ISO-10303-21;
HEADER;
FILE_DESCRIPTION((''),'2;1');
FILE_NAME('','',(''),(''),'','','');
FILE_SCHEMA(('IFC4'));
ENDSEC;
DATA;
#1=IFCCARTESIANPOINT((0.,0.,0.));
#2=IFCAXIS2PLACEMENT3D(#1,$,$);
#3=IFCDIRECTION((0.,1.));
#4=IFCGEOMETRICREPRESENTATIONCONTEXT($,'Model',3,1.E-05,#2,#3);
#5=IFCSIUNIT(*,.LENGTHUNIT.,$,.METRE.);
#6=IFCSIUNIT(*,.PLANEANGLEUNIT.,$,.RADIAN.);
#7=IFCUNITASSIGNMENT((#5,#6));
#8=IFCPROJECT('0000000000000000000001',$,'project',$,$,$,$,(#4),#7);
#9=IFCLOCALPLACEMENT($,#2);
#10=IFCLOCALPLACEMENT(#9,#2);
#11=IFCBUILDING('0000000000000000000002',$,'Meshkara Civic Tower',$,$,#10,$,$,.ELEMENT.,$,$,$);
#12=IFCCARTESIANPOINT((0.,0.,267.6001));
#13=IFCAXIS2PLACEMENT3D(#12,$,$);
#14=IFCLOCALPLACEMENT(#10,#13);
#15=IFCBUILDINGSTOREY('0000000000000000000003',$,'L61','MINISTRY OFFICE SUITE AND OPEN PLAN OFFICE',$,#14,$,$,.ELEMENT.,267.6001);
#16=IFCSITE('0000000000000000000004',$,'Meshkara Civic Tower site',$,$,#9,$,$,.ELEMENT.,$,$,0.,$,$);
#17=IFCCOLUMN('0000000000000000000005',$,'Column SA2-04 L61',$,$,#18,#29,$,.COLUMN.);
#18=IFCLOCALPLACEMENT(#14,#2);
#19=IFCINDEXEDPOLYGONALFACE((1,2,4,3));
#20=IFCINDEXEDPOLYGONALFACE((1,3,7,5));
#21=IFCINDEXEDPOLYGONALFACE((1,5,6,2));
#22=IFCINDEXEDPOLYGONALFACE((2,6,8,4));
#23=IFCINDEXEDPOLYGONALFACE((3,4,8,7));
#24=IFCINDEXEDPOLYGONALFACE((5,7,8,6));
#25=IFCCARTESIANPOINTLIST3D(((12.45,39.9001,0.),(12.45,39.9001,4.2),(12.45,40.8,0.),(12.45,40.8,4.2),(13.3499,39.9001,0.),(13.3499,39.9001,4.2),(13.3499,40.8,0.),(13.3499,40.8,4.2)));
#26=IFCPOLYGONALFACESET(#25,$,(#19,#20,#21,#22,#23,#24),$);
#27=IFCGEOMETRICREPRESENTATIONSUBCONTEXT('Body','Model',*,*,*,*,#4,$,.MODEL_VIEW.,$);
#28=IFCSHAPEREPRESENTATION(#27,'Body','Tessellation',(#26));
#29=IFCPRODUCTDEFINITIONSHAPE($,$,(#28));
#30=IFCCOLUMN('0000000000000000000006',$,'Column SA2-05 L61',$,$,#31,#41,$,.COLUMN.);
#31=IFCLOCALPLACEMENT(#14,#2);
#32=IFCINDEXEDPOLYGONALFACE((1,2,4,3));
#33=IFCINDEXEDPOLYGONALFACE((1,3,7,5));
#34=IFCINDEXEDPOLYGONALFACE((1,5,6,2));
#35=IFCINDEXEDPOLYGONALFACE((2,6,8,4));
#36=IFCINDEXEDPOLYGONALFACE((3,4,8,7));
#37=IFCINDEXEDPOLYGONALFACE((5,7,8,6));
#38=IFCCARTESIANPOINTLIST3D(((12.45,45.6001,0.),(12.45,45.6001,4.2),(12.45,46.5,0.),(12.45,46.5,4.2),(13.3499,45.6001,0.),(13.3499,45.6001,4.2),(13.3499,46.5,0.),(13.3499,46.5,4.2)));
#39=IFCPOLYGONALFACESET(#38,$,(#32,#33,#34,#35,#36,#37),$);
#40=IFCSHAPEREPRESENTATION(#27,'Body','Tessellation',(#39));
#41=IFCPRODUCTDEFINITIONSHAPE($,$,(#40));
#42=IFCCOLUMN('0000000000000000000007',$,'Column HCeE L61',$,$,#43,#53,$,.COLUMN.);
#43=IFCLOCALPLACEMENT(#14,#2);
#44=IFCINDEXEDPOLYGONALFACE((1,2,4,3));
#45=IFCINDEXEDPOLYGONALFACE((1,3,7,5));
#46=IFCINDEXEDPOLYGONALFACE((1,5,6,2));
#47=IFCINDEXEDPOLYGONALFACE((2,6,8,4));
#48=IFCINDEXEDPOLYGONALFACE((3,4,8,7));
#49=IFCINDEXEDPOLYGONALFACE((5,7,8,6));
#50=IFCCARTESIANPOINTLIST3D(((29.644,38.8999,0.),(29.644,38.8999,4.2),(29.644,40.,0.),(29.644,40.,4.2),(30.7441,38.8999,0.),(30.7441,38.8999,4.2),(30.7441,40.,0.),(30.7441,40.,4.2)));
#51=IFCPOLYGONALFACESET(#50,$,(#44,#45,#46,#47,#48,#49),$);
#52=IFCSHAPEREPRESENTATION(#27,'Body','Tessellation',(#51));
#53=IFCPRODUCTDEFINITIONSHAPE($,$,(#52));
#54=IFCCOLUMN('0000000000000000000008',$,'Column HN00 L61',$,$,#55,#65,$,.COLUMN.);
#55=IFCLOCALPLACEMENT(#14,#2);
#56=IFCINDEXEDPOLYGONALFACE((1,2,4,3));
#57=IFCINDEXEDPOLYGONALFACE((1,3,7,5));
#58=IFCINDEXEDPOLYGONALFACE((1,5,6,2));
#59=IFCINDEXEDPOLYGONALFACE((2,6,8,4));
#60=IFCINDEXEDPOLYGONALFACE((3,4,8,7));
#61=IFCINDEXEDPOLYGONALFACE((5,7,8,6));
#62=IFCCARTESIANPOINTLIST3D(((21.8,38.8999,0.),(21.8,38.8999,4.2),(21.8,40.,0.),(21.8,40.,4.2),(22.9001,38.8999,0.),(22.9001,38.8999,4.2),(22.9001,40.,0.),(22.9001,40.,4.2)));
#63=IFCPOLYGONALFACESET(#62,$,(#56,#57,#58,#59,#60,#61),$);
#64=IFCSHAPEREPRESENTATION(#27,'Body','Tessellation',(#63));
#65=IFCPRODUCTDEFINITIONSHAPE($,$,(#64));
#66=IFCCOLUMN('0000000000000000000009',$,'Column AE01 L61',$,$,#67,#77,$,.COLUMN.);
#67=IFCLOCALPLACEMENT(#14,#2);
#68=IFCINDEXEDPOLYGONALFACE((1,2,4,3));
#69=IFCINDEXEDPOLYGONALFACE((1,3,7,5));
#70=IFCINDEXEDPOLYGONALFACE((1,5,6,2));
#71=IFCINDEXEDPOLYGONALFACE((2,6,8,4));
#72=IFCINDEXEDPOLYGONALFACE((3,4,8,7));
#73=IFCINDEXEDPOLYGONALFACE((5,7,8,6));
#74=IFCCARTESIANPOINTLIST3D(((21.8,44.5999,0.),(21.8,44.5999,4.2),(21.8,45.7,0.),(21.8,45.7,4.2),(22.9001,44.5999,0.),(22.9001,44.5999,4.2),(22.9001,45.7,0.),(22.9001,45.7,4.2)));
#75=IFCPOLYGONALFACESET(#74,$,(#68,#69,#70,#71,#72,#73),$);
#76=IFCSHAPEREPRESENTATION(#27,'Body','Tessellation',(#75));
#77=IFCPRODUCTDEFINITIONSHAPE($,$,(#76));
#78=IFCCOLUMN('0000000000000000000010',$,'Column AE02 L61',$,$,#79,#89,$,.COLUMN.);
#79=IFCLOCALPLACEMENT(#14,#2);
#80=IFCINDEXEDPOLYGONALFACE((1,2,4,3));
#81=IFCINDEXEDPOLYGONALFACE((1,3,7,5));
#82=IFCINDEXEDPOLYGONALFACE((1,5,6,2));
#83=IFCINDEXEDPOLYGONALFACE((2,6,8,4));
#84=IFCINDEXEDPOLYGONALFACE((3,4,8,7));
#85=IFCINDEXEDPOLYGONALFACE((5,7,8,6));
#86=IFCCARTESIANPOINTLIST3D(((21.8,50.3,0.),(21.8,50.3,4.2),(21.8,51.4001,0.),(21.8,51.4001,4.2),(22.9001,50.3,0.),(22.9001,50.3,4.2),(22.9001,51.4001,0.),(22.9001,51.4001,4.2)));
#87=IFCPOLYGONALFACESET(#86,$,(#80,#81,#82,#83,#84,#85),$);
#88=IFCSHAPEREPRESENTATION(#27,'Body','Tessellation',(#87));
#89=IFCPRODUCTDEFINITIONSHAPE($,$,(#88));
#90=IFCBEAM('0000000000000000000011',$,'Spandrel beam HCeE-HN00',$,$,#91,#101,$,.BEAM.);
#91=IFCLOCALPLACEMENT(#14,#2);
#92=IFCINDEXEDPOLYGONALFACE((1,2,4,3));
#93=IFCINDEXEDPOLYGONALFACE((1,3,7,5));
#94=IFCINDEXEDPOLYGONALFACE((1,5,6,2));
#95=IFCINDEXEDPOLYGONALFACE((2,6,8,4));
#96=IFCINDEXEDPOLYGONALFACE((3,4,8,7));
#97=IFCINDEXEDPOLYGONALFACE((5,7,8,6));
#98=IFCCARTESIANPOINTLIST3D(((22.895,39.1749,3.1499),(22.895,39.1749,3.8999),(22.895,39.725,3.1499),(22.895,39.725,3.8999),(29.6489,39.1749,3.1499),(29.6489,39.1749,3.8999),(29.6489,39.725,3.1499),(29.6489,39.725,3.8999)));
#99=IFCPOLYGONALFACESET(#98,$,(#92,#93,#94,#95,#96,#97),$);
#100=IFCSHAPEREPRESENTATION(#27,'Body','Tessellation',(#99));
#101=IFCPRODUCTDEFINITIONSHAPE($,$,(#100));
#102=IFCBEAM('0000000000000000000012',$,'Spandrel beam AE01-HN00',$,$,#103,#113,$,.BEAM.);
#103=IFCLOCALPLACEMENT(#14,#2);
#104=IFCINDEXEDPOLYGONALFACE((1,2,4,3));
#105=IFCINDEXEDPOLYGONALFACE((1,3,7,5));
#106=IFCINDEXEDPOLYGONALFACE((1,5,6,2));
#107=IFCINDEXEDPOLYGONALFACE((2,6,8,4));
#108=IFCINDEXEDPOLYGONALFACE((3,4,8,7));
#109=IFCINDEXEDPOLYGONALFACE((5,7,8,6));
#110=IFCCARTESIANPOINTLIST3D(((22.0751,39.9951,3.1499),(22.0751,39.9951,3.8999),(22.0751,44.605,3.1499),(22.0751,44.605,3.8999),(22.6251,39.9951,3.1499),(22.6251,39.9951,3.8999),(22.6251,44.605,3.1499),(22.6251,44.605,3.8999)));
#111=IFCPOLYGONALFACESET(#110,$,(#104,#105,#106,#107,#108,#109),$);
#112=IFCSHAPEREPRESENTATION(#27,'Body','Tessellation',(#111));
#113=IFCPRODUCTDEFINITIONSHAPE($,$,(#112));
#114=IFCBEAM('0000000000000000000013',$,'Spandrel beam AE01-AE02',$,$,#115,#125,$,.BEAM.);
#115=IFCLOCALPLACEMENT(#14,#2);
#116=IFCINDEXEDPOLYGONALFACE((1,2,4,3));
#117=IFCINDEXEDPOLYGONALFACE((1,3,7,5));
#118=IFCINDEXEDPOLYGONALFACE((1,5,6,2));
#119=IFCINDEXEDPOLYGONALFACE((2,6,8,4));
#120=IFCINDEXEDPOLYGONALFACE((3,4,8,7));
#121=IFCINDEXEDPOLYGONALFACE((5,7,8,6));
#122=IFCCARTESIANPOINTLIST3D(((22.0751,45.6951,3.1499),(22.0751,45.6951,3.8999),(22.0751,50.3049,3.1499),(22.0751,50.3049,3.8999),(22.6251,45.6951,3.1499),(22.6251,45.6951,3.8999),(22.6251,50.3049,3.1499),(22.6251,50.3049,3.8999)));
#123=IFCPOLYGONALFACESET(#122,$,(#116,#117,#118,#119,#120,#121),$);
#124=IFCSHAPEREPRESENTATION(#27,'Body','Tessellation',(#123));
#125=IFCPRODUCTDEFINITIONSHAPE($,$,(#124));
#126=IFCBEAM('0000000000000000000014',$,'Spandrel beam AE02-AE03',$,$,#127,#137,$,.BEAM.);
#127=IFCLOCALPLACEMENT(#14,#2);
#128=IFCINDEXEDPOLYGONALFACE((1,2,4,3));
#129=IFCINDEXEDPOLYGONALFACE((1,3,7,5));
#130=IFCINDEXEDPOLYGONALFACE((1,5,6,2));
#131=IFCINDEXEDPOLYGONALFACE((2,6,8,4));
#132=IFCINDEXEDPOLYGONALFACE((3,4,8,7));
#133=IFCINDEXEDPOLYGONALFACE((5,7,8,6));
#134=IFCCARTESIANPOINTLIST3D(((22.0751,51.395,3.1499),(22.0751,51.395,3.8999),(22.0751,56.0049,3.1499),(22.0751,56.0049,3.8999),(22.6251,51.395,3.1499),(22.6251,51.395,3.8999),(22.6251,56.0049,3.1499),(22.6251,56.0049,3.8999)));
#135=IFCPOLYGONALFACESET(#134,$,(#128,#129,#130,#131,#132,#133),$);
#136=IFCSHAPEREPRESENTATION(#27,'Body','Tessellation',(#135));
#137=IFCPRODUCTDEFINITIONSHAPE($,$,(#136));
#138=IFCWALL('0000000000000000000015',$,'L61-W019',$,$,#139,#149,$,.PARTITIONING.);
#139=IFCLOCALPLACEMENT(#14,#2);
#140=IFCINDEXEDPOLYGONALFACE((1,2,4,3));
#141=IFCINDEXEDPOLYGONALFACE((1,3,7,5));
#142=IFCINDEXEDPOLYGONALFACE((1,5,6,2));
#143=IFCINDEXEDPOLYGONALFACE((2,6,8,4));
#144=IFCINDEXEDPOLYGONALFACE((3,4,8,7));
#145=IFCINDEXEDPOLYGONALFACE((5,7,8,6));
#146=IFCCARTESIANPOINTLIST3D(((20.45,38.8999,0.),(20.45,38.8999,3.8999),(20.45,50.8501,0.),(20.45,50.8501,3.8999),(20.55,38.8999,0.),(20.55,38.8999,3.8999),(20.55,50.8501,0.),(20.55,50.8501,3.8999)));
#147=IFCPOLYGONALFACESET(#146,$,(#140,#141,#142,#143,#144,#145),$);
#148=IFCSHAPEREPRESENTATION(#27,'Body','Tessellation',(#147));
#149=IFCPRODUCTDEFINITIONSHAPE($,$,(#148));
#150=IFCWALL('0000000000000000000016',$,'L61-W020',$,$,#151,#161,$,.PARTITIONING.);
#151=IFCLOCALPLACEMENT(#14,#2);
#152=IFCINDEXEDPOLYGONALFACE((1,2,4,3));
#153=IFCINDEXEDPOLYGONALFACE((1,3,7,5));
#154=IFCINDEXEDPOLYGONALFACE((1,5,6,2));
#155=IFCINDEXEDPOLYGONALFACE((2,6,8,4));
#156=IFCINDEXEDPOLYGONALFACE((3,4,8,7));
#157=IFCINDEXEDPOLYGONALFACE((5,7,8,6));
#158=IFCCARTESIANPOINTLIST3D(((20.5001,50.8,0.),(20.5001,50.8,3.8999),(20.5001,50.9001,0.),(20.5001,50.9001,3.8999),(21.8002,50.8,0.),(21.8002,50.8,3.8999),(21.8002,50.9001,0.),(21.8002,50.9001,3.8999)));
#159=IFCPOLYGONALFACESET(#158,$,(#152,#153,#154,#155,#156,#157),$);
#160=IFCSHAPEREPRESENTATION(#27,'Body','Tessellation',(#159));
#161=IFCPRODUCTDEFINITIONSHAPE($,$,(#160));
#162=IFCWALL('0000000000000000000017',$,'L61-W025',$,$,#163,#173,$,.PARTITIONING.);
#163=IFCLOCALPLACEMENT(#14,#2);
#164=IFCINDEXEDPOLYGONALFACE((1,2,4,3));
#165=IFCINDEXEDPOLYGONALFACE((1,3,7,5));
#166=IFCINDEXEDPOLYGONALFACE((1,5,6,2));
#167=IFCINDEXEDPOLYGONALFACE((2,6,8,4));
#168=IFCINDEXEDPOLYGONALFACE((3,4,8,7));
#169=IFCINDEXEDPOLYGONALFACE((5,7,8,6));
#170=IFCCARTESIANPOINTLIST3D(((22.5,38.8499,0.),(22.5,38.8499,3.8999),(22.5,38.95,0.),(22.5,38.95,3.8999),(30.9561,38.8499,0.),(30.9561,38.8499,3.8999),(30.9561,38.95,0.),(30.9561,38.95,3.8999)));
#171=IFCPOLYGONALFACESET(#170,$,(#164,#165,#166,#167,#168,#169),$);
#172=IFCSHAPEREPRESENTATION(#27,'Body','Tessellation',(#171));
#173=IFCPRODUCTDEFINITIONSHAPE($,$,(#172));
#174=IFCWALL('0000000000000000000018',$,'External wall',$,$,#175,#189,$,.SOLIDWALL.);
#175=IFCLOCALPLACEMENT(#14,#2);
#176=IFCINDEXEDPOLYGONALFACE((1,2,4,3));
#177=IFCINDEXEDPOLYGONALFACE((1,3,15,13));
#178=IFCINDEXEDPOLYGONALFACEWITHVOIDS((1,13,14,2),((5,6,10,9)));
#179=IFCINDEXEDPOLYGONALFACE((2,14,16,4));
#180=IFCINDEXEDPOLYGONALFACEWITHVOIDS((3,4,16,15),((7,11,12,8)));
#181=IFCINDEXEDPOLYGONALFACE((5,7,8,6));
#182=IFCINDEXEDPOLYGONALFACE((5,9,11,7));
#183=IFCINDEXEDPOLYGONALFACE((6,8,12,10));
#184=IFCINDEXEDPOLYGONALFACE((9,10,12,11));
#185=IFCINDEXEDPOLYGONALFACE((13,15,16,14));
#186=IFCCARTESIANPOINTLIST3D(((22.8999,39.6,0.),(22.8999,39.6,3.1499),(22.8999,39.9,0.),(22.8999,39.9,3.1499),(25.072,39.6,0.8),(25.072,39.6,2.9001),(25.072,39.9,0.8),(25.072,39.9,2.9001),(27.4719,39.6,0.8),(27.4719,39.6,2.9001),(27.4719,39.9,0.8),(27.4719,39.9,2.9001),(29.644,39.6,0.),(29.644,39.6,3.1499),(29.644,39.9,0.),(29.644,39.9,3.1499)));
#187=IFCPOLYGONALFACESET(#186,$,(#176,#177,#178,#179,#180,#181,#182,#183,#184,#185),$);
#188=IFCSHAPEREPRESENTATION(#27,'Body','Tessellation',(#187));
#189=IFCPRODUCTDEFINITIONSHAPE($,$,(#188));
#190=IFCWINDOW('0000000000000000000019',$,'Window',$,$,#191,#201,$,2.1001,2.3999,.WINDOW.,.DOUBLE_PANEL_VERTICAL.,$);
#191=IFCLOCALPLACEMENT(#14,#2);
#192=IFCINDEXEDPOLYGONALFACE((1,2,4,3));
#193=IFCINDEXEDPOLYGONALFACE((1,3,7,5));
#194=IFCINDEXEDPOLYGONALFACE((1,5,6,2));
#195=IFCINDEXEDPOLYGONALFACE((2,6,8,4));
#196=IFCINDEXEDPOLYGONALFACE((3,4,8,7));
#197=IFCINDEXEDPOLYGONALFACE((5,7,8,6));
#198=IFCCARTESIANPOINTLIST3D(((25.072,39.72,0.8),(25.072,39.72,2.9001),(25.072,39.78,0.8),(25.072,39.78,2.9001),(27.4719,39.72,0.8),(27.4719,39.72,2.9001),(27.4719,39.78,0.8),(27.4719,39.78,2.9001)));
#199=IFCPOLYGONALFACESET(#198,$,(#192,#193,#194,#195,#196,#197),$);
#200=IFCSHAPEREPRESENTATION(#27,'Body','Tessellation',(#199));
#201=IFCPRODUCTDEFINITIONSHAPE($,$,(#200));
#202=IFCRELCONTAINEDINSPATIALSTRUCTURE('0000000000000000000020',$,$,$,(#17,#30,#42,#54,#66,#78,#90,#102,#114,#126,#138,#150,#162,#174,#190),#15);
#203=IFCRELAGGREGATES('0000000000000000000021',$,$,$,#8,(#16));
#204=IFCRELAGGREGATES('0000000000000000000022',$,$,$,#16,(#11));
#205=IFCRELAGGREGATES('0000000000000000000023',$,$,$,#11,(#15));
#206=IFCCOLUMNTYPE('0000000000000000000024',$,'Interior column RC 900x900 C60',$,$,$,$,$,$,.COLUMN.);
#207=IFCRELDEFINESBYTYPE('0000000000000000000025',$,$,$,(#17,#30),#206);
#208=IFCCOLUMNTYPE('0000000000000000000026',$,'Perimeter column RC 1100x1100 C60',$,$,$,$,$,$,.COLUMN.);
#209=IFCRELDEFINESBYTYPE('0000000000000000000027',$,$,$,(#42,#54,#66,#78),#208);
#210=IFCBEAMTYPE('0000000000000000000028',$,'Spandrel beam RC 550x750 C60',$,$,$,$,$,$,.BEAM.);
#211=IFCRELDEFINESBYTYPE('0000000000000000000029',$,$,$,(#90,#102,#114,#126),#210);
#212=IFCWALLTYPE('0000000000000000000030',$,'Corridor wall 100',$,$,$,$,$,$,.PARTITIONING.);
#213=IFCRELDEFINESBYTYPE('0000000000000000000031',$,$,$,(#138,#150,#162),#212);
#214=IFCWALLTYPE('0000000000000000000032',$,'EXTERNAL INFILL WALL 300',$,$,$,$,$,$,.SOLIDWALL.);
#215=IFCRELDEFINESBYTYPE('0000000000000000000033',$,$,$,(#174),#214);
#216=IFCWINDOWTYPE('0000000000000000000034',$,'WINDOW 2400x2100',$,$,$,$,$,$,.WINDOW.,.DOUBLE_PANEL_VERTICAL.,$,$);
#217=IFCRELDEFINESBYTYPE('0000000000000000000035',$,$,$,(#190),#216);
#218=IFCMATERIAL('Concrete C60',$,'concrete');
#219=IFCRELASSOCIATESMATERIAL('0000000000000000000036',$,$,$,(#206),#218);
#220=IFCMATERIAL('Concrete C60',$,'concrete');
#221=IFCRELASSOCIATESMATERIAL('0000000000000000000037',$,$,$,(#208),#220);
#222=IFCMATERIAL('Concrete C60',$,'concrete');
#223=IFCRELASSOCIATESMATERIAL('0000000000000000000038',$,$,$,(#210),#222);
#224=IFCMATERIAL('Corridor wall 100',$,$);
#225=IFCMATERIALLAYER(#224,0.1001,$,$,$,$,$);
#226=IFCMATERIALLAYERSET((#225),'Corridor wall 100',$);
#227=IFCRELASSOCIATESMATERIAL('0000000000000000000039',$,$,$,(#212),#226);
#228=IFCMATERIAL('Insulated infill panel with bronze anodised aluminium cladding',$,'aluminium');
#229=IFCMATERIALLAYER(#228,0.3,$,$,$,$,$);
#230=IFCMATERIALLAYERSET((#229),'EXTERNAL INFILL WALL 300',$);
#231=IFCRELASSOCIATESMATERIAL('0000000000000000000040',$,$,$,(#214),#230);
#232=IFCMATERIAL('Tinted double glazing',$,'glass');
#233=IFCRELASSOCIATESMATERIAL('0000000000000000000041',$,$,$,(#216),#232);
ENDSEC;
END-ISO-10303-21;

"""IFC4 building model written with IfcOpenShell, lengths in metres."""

from ifc_helpers import new_model, si_unit, direction, frame, frame_2d, origin, origin_2d, place, context, subcontext, project, spatial, rectangle, extrude, material, layer, layer_set, material_profile, profile_set, type_object, element, fill, save


model = new_model("IFC4")

# Units and contexts
model_context = context("Model", 3, precision=1e-05, world=origin(), true_north=direction((0.0, 1.0)))
body_context = subcontext(model_context, "Body", "Model", "MODEL_VIEW")
ifc_project = project(units=[si_unit("LENGTHUNIT", "METRE"), si_unit("PLANEANGLEUNIT", "RADIAN")], contexts=[model_context])

# Site, building, storey
site_placement = place(None, origin())
site = spatial("IfcSite", under=ifc_project, at=site_placement, Name="Meshkara Civic Tower site", CompositionType="ELEMENT", RefElevation=0.0)
building_placement = place(site_placement, origin())
building = spatial("IfcBuilding", under=site, at=building_placement, Name="Meshkara Civic Tower", CompositionType="ELEMENT")
storey_placement = place(building_placement, frame((0.0, 0.0, 267.6001)))
storey = spatial("IfcBuildingStorey", under=building, at=storey_placement, Name="L61", Description="MINISTRY OFFICE SUITE AND OPEN PLAN OFFICE", CompositionType="ELEMENT", Elevation=267.6001)

# Columns
ifc_material_1 = material(Name="Concrete C60", Category="concrete")
ifc_material_profile_1 = material_profile(ifc_material_1, rectangle(XDim=0.8999, YDim=0.8999, at=origin_2d()))
ifc_profile_set_1 = profile_set([ifc_material_profile_1], Name="Concrete C60")
column_type_1 = type_object("IfcColumnType", Name="Interior column RC 900x900 C60", PredefinedType="COLUMN", material=ifc_profile_set_1)
for number, where, z_axis, x_axis, name in (
    (1, (12.8999, 40.3501, 0.0), (0.0, 0.0, 1.0), (1.0, 0.0, 0.0), "Column SA2-04 L61"),
    (2, (12.8999, 46.05, 0.0), (0.0, 0.0, 1.0), (1.0, 0.0, 0.0), "Column SA2-05 L61"),
):
    element("IfcColumn", number, at=place(storey_placement, frame(where, z_axis=z_axis, x_axis=x_axis)), inside=storey, type_object=column_type_1, Name=name, PredefinedType="COLUMN", context=body_context, shape_type="SweptSolid", body=[
        extrude(rectangle(XDim=0.8999, YDim=0.8999, at=origin_2d()), origin(), (0.0, 0.0, 1.0), 4.2),
    ])
ifc_material_2 = material(Name="Concrete C60", Category="concrete")
ifc_material_profile_2 = material_profile(ifc_material_2, rectangle(XDim=1.1001, YDim=1.1001, at=origin_2d()))
ifc_profile_set_2 = profile_set([ifc_material_profile_2], Name="Concrete C60")
column_type_2 = type_object("IfcColumnType", Name="Perimeter column RC 1100x1100 C60", PredefinedType="COLUMN", material=ifc_profile_set_2)
for number, where, z_axis, x_axis, name in (
    (3, (30.1941, 39.45, 0.0), (0.0, 0.0, 1.0), (1.0, 0.0, 0.0), "Column HCeE L61"),
    (4, (22.3501, 39.45, 0.0), (0.0, 0.0, 1.0), (1.0, 0.0, 0.0), "Column HN00 L61"),
    (5, (22.3501, 45.1499, 0.0), (0.0, 0.0, 1.0), (1.0, 0.0, 0.0), "Column AE01 L61"),
    (6, (22.3501, 50.8501, 0.0), (0.0, 0.0, 1.0), (1.0, 0.0, 0.0), "Column AE02 L61"),
):
    element("IfcColumn", number, at=place(storey_placement, frame(where, z_axis=z_axis, x_axis=x_axis)), inside=storey, type_object=column_type_2, Name=name, PredefinedType="COLUMN", context=body_context, shape_type="SweptSolid", body=[
        extrude(rectangle(XDim=1.1001, YDim=1.1001, at=origin_2d()), origin(), (0.0, 0.0, 1.0), 4.2),
    ])

# Beams
ifc_material_3 = material(Name="Concrete C60", Category="concrete")
ifc_material_profile_3 = material_profile(ifc_material_3, rectangle(XDim=0.55, YDim=0.75, at=origin_2d()))
ifc_profile_set_3 = profile_set([ifc_material_profile_3], Name="Concrete C60")
beam_type = type_object("IfcBeamType", Name="Spandrel beam RC 550x750 C60", PredefinedType="BEAM", material=ifc_profile_set_3)
beam_placement = place(storey_placement, frame((29.6489, 39.45, 3.5249), z_axis=(-1.0, 0.0, 0.0), x_axis=(0.0, -1.0, 0.0)))
element("IfcBeam", 7, at=beam_placement, inside=storey, type_object=beam_type, Name="Spandrel beam HCeE-HN00", PredefinedType="BEAM", context=body_context, shape_type="SweptSolid", body=[
    extrude(rectangle(XDim=0.55, YDim=0.75, at=origin_2d()), origin(), (0.0, 0.0, 1.0), 6.7539),
])
for number, where, z_axis, x_axis, name in (
    (8, (22.3501, 39.9951, 3.5249), (0.0, 1.0, 0.0), (-1.0, 0.0, 0.0), "Spandrel beam AE01-HN00"),
    (9, (22.3501, 45.6951, 3.5249), (0.0, 1.0, 0.0), (-1.0, 0.0, 0.0), "Spandrel beam AE01-AE02"),
    (10, (22.3501, 51.395, 3.5249), (0.0, 1.0, 0.0), (-1.0, 0.0, 0.0), "Spandrel beam AE02-AE03"),
):
    element("IfcBeam", number, at=place(storey_placement, frame(where, z_axis=z_axis, x_axis=x_axis)), inside=storey, type_object=beam_type, Name=name, PredefinedType="BEAM", context=body_context, shape_type="SweptSolid", body=[
        extrude(rectangle(XDim=0.55, YDim=0.75, at=origin_2d()), origin(), (0.0, 0.0, 1.0), 4.6099),
    ])

# Walls
ifc_material_4 = material(Name="Corridor wall 100")
ifc_layer_1 = layer(ifc_material_4, 0.1001)
ifc_layer_set_1 = layer_set([ifc_layer_1], Name="Corridor wall 100")
wall_type_1 = type_object("IfcWallType", Name="Corridor wall 100", PredefinedType="PARTITIONING", material=ifc_layer_set_1)
wall_1_placement = place(storey_placement, frame((20.5, 50.8501, 0.0), z_axis=(0.0, 0.0, 1.0), x_axis=(0.0, -1.0, 0.0)))
element("IfcWall", 11, at=wall_1_placement, inside=storey, type_object=wall_type_1, Name="L61-W019", PredefinedType="PARTITIONING", context=body_context, shape_type="SweptSolid", body=[
    extrude(rectangle(XDim=11.9502, YDim=0.1001, at=frame_2d((5.9751, 0.0))), origin(), (0.0, 0.0, 1.0), 3.8999),
])
wall_2_placement = place(storey_placement, frame((21.8, 50.8501, 0.0), z_axis=(0.0, 0.0, 1.0), x_axis=(-1.0, 0.0, 0.0)))
element("IfcWall", 12, at=wall_2_placement, inside=storey, type_object=wall_type_1, Name="L61-W020", PredefinedType="PARTITIONING", context=body_context, shape_type="SweptSolid", body=[
    extrude(rectangle(XDim=1.3, YDim=0.1001, at=frame_2d((0.6499, 0.0))), origin(), (0.0, 0.0, 1.0), 3.8999),
])
wall_3_placement = place(storey_placement, frame((30.9561, 38.8999, 0.0), z_axis=(0.0, 0.0, 1.0), x_axis=(-1.0, 0.0, 0.0)))
element("IfcWall", 13, at=wall_3_placement, inside=storey, type_object=wall_type_1, Name="L61-W025", PredefinedType="PARTITIONING", context=body_context, shape_type="SweptSolid", body=[
    extrude(rectangle(XDim=8.4561, YDim=0.1001, at=frame_2d((4.228, 0.0))), origin(), (0.0, 0.0, 1.0), 3.8999),
])

# Wall, opening, window
ifc_material_5 = material(Name="Insulated infill panel with bronze anodised aluminium cladding", Category="aluminium")
ifc_layer_2 = layer(ifc_material_5, 0.3)
ifc_layer_set_2 = layer_set([ifc_layer_2], Name="EXTERNAL INFILL WALL 300")
wall_type_2 = type_object("IfcWallType", Name="EXTERNAL INFILL WALL 300", PredefinedType="SOLIDWALL", material=ifc_layer_set_2)
wall_4_placement = place(storey_placement, frame((29.644, 39.75, 0.0), z_axis=(0.0, 0.0, 1.0), x_axis=(-1.0, 0.0, 0.0)))
wall_4 = element("IfcWall", 14, at=wall_4_placement, inside=storey, type_object=wall_type_2, Name="External wall", PredefinedType="SOLIDWALL", context=body_context, shape_type="SweptSolid", body=[
    extrude(rectangle(XDim=6.7441, YDim=0.3, at=frame_2d((3.3721, 0.0))), origin(), (0.0, 0.0, 1.0), 3.1499),
])
opening_1_placement = place(wall_4_placement, frame((2.1721, 0.0, 0.8)))
opening_1 = element("IfcOpeningElement", 15, at=opening_1_placement, cuts=wall_4, PredefinedType="OPENING", context=body_context, shape_type="SweptSolid", body=[
    extrude(rectangle(XDim=2.3999, YDim=2.1001, at=frame_2d((1.2, 1.05))), frame((0.0, 0.1599, 0.0), z_axis=(0.0, -1.0, 0.0), x_axis=(1.0, 0.0, 0.0)), (0.0, 0.0, 1.0), 0.3201),
])
ifc_material_6 = material(Name="Tinted double glazing", Category="glass")
window_type = type_object("IfcWindowType", Name="WINDOW 2400x2100", PartitioningType="DOUBLE_PANEL_VERTICAL", PredefinedType="WINDOW", material=ifc_material_6)
window_1_placement = place(opening_1_placement, origin())
window_1 = element("IfcWindow", 16, at=window_1_placement, inside=storey, type_object=window_type, Name="Window", OverallHeight=2.1001, OverallWidth=2.3999, PartitioningType="DOUBLE_PANEL_VERTICAL", PredefinedType="WINDOW", context=body_context, shape_type="SweptSolid", body=[
    extrude(rectangle(XDim=2.3999, YDim=2.1001, at=frame_2d((1.2, 1.05))), frame((0.0, 0.03, 0.0), z_axis=(0.0, -1.0, 0.0), x_axis=(1.0, 0.0, 0.0)), (0.0, 0.0, 1.0), 0.0601),
])
fill(opening_1, window_1)

save(model, "model.ifc")
